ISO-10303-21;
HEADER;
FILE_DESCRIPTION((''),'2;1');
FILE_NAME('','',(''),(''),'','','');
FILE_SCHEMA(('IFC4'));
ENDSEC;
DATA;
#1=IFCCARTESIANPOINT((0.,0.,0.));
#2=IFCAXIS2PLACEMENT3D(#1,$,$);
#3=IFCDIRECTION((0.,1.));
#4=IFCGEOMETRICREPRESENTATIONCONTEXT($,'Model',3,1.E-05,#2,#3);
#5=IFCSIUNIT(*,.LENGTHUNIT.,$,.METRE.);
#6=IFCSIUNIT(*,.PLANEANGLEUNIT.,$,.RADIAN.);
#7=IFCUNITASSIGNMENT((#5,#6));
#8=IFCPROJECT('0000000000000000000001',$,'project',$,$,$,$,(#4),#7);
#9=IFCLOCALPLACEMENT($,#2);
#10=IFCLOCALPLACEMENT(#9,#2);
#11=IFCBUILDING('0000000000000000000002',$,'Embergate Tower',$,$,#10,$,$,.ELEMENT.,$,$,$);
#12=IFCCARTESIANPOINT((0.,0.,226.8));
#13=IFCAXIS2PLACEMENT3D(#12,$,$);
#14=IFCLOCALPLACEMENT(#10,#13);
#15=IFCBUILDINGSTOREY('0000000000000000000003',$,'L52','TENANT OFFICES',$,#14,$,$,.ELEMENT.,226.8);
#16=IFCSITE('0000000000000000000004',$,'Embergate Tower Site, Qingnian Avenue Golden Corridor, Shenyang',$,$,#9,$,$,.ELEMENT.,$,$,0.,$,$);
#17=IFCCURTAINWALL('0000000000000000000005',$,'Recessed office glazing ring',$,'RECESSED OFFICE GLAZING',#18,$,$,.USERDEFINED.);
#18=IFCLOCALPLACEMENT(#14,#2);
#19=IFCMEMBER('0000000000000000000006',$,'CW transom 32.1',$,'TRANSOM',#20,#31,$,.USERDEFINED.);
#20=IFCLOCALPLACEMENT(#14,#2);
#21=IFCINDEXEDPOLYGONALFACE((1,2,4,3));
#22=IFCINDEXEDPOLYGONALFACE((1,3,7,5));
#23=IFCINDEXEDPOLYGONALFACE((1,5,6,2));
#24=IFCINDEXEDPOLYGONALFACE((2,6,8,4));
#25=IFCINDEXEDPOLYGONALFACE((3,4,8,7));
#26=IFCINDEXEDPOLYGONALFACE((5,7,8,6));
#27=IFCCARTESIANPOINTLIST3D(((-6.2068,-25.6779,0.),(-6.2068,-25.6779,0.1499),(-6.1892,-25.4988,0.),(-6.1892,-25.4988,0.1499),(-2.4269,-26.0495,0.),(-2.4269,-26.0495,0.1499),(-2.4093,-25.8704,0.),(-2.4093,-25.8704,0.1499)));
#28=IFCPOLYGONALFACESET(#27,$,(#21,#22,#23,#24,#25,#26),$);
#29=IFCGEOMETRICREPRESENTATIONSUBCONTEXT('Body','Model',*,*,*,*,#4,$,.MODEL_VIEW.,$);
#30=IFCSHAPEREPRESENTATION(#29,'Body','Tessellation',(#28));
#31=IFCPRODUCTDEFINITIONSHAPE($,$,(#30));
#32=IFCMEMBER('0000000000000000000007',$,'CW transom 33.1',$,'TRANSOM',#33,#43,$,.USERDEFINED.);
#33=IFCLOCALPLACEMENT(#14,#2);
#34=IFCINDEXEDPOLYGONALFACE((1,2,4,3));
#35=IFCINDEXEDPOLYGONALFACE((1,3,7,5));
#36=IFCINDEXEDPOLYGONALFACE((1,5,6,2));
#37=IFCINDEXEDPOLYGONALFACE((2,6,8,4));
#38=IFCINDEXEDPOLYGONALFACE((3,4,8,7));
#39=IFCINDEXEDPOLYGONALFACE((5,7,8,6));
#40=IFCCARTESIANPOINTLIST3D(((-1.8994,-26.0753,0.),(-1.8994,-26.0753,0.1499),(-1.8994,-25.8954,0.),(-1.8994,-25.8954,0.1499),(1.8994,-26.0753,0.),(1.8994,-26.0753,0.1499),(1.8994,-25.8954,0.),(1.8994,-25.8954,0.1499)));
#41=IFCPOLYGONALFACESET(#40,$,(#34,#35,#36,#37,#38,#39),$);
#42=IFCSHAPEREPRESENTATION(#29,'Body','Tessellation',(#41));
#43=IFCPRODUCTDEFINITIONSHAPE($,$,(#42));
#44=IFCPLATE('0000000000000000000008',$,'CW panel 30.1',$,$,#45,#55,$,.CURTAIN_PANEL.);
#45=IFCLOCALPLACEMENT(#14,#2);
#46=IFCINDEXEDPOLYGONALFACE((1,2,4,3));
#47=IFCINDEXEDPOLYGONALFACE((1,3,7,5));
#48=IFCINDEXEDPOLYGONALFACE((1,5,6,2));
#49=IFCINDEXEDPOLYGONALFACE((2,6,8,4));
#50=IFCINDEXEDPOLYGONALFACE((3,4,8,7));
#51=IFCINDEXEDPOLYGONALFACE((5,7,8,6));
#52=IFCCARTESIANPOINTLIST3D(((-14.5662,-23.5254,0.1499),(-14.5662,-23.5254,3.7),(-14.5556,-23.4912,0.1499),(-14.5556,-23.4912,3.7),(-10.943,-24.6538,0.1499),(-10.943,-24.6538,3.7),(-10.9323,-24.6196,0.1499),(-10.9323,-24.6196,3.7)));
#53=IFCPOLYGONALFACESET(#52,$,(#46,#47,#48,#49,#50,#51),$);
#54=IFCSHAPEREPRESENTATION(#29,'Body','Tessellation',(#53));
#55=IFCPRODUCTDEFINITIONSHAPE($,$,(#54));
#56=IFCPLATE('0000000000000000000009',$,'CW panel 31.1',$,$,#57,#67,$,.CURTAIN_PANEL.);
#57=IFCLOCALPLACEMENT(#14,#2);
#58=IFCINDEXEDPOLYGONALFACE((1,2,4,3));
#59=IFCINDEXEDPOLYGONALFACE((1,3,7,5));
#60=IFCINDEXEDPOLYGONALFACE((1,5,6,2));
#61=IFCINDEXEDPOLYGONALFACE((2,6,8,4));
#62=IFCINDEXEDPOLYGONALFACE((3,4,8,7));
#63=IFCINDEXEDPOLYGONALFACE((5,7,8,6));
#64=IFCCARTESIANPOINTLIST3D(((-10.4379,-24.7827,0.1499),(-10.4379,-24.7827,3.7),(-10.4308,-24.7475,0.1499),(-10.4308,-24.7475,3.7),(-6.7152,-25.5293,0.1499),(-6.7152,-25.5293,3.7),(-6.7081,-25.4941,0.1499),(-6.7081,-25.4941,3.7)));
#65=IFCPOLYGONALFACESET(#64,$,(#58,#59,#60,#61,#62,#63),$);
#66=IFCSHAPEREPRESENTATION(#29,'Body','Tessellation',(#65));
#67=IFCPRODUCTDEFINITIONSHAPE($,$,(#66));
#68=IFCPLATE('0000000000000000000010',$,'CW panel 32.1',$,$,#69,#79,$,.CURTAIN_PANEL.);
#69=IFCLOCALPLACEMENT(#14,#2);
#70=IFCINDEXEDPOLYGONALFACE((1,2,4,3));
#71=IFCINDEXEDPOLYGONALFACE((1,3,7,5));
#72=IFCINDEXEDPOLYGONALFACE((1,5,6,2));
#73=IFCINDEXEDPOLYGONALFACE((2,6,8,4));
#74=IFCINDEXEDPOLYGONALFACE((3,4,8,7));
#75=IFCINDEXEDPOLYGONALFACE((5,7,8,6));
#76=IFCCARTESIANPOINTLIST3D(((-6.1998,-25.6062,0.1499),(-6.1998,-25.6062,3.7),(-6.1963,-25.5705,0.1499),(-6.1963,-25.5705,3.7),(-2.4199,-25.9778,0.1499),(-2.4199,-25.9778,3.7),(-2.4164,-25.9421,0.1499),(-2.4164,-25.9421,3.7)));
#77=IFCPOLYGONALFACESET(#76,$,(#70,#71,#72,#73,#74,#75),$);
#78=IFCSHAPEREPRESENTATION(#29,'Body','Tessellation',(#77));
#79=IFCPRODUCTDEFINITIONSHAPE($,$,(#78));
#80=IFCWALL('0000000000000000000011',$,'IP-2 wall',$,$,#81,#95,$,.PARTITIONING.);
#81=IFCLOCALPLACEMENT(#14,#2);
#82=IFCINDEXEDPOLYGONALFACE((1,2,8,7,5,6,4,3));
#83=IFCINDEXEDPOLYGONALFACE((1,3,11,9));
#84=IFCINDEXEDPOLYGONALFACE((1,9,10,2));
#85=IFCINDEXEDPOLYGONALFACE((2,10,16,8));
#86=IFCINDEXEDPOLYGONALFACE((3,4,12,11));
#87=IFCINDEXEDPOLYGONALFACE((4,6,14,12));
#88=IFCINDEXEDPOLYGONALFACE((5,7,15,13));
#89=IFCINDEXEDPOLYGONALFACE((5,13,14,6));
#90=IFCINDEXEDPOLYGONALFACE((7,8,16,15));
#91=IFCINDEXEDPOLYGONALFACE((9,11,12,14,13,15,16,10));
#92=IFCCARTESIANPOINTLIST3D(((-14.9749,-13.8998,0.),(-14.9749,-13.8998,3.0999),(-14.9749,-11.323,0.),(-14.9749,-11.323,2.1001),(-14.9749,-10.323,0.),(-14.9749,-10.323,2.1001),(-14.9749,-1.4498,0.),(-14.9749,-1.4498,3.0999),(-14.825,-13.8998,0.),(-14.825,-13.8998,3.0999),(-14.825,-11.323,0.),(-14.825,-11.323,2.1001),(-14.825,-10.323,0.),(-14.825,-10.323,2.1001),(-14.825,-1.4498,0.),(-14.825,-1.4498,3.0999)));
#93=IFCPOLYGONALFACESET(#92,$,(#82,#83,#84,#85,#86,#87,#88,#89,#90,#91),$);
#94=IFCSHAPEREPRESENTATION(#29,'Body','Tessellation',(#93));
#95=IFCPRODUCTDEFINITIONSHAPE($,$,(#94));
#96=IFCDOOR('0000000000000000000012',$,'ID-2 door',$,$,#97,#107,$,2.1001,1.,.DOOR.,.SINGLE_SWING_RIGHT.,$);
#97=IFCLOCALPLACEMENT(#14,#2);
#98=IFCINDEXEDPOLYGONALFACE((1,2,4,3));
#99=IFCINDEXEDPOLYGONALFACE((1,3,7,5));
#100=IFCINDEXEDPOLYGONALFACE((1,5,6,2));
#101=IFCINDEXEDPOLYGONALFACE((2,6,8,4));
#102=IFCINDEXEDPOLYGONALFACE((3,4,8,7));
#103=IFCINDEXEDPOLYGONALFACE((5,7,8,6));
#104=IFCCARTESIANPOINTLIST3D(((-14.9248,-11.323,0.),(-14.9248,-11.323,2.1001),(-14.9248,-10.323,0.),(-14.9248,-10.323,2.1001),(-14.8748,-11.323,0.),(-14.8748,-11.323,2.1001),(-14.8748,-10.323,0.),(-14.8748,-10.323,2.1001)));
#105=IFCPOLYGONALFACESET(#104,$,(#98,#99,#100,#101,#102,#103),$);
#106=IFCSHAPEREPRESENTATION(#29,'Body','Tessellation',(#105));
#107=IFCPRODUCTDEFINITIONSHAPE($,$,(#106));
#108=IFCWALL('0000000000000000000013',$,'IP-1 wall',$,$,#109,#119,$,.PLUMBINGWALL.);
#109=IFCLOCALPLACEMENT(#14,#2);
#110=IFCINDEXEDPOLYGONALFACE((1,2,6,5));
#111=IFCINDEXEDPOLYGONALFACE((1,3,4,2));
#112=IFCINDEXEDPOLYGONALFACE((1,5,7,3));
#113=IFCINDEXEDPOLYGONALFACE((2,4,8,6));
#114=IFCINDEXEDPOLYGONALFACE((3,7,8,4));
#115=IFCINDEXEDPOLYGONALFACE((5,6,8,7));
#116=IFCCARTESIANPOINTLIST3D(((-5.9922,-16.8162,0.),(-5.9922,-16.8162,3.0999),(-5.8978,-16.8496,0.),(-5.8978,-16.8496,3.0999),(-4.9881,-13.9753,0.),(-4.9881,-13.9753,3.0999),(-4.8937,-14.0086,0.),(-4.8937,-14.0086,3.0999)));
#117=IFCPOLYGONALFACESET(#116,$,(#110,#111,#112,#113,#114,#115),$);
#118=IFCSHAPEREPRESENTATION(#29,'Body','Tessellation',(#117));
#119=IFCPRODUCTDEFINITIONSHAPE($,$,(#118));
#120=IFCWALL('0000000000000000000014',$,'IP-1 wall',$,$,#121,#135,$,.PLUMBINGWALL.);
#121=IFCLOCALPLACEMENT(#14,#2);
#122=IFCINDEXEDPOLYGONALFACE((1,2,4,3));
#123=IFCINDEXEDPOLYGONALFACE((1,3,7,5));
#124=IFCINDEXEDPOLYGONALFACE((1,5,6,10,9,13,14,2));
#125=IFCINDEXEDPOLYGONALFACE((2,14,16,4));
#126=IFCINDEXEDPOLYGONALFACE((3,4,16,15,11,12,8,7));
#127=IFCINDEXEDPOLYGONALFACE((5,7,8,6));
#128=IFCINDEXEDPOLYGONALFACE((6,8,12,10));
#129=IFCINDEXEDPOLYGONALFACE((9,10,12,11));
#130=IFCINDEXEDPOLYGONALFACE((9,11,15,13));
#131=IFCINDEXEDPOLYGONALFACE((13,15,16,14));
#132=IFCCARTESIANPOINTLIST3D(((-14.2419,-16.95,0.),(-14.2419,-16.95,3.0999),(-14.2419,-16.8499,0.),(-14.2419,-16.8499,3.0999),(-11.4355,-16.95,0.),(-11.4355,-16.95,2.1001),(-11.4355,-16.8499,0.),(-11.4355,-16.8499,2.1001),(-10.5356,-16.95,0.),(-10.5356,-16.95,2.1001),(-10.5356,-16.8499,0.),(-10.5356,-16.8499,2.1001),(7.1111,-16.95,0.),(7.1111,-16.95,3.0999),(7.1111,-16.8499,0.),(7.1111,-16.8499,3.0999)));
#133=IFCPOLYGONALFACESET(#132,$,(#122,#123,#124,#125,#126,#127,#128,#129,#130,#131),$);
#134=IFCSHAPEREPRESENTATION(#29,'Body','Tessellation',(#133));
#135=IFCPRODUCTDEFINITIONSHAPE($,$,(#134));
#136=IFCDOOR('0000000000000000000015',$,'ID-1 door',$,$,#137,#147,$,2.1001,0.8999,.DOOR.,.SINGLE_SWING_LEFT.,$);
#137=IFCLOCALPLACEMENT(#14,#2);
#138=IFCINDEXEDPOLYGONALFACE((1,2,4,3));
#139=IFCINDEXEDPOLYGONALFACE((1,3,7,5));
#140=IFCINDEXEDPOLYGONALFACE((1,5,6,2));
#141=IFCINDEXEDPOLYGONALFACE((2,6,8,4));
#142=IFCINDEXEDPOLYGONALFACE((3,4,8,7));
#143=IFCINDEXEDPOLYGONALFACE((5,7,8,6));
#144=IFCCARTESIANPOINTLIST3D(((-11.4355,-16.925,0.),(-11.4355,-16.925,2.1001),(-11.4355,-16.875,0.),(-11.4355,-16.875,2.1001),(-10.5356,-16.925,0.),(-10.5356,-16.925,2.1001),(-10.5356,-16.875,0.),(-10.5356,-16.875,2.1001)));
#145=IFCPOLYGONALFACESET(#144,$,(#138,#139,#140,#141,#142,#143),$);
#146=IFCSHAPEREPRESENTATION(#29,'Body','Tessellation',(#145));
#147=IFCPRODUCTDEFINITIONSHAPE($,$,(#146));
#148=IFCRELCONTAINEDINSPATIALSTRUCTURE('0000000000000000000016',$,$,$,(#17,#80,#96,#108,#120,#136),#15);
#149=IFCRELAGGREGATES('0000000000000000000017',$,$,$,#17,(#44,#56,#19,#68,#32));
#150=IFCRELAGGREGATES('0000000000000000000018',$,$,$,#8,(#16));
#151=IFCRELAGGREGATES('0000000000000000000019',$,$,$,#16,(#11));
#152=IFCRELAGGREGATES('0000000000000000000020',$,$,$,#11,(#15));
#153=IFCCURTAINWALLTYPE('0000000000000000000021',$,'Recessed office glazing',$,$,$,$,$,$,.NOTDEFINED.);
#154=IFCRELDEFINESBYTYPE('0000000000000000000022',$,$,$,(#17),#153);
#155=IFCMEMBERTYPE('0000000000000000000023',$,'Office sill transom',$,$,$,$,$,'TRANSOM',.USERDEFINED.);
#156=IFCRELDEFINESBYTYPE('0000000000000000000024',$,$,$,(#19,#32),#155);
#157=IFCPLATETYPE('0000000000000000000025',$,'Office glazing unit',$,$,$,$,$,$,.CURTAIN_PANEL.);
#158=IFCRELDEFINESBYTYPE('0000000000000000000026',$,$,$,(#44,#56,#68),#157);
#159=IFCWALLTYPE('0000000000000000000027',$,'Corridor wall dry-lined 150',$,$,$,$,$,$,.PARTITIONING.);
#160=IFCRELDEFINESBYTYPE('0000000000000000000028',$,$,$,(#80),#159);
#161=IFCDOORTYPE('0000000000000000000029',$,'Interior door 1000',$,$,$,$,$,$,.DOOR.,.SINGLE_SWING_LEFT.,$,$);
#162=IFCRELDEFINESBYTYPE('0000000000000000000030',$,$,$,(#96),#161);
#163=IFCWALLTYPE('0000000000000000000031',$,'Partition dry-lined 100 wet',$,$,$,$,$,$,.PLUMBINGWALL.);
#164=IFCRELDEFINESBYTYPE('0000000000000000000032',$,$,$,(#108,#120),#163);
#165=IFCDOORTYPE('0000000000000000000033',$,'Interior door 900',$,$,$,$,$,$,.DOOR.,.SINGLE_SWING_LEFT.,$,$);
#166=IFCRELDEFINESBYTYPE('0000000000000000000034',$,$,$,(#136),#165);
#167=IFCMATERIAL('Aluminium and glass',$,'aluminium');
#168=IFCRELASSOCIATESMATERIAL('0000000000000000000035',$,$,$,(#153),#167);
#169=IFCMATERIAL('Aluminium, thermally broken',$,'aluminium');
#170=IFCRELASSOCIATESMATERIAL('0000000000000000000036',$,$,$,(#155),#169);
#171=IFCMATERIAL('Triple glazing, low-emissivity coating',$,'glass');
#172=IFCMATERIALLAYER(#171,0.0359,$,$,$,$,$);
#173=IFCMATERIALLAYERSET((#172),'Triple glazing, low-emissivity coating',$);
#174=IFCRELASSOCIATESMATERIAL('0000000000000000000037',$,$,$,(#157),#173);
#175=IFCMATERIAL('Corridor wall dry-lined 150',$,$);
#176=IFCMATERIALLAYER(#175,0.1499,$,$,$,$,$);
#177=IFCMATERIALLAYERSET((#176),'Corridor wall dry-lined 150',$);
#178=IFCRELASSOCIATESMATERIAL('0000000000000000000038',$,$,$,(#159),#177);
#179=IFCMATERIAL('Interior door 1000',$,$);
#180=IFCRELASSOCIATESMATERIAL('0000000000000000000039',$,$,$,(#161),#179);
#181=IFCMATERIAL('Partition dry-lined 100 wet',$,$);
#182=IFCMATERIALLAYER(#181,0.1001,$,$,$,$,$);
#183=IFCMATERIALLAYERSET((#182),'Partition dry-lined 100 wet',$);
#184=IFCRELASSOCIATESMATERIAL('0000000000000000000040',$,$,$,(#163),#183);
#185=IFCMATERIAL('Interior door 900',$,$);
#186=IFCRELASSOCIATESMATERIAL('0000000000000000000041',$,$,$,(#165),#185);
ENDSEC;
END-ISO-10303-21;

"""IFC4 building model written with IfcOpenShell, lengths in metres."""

from ifc_helpers import new_model, si_unit, direction, frame, frame_2d, origin, origin_2d, place, context, subcontext, project, spatial, rectangle, extrude, source, transform, mapped, material, layer, layer_set, material_profile, profile_set, type_object, element, fill, aggregate, save


model = new_model("IFC4")

# Units and contexts
model_context = context("Model", 3, precision=1e-05, world=origin(), true_north=direction((0.0, 1.0)))
body_context = subcontext(model_context, "Body", "Model", "MODEL_VIEW")
ifc_project = project(units=[si_unit("LENGTHUNIT", "METRE"), si_unit("PLANEANGLEUNIT", "RADIAN")], contexts=[model_context])

# Site, building, storey
site_placement = place(None, origin())
site = spatial("IfcSite", under=ifc_project, at=site_placement, Name="Embergate Tower Site, Qingnian Avenue Golden Corridor, Shenyang", CompositionType="ELEMENT", RefElevation=0.0)
building_placement = place(site_placement, origin())
building = spatial("IfcBuilding", under=site, at=building_placement, Name="Embergate Tower", CompositionType="ELEMENT")
storey_placement = place(building_placement, frame((0.0, 0.0, 226.8)))
storey = spatial("IfcBuildingStorey", under=building, at=storey_placement, Name="L52", Description="TENANT OFFICES", CompositionType="ELEMENT", Elevation=226.8)

# Curtain wall, members
ifc_material_1 = material(Name="Aluminium and glass", Category="aluminium")
curtain_wall_type = type_object("IfcCurtainWallType", Name="Recessed office glazing", PredefinedType="NOTDEFINED", material=ifc_material_1)
curtain_wall_placement = place(storey_placement, origin())
curtain_wall = element("IfcCurtainWall", 1, at=curtain_wall_placement, inside=storey, type_object=curtain_wall_type, Name="Recessed office glazing ring", ObjectType="RECESSED OFFICE GLAZING", PredefinedType="USERDEFINED")
ifc_material_2 = material(Name="Aluminium, thermally broken", Category="aluminium")
ifc_material_profile_1 = material_profile(ifc_material_2, rectangle(XDim=0.1799, YDim=0.1499, at=origin_2d()), Name="AL 150x180")
ifc_profile_set_1 = profile_set([ifc_material_profile_1], Name="Aluminium, thermally broken")
member_type_1 = type_object("IfcMemberType", Name="Office sill transom", ElementType="TRANSOM", PredefinedType="USERDEFINED", material=ifc_profile_set_1)
shared_shape_1 = source(origin(), body_context, "Body", "SweptSolid", [
    extrude(rectangle(XDim=0.1799, YDim=0.1499, at=origin_2d()), origin(), (0.0, 0.0, 1.0), 3.7981),
])
member_1_placement = place(storey_placement, frame((-6.198, -25.5884, 0.075), z_axis=(0.995203, -0.097836, 0.0), x_axis=(0.097836, 0.995203, 0.0)))
member_1 = element("IfcMember", 2, at=member_1_placement, type_object=member_type_1, Name="CW transom 32.1", ObjectType="TRANSOM", PredefinedType="USERDEFINED", context=body_context, shape_type="MappedRepresentation", body=[
    mapped(shared_shape_1, transform((0.0, 0.0, 0.0))),
])
shared_shape_2 = source(origin(), body_context, "Body", "SweptSolid", [
    extrude(rectangle(XDim=0.1799, YDim=0.1499, at=origin_2d()), origin(), (0.0, 0.0, 1.0), 3.7988),
])
member_2_placement = place(storey_placement, frame((-1.8994, -25.9854, 0.075), z_axis=(1.0, 0.0, 0.0), x_axis=(0.0, 1.0, 0.0)))
member_2 = element("IfcMember", 3, at=member_2_placement, type_object=member_type_1, Name="CW transom 33.1", ObjectType="TRANSOM", PredefinedType="USERDEFINED", context=body_context, shape_type="MappedRepresentation", body=[
    mapped(shared_shape_2, transform((0.0, 0.0, 0.0))),
])

# Plates
ifc_material_3 = material(Name="Triple glazing, low-emissivity coating", Category="glass")
ifc_layer_1 = layer(ifc_material_3, 0.0359)
ifc_layer_set_1 = layer_set([ifc_layer_1], Name="Triple glazing, low-emissivity coating")
plate_type = type_object("IfcPlateType", Name="Office glazing unit", PredefinedType="CURTAIN_PANEL", material=ifc_layer_set_1)
shared_shape_3 = source(origin(), body_context, "Body", "SweptSolid", [
    extrude(rectangle(XDim=3.7949, YDim=0.0359, at=origin_2d()), origin(), (0.0, 0.0, 1.0), 3.55),
])
plate_1_placement = place(storey_placement, frame((-12.7493, -24.0725, 0.1499), z_axis=(0.0, 0.0, 1.0), x_axis=(0.954771, -0.297343, 0.0)))
plate_1 = element("IfcPlate", 4, at=plate_1_placement, type_object=plate_type, Name="CW panel 30.1", PredefinedType="CURTAIN_PANEL", context=body_context, shape_type="MappedRepresentation", body=[
    mapped(shared_shape_3, transform((0.0, 0.0, 0.0))),
])
shared_shape_4 = source(origin(), body_context, "Body", "SweptSolid", [
    extrude(rectangle(XDim=3.7969, YDim=0.0359, at=origin_2d()), origin(), (0.0, 0.0, 1.0), 3.55),
])
plate_2_placement = place(storey_placement, frame((-8.573, -25.1384, 0.1499), z_axis=(0.0, 0.0, 1.0), x_axis=(0.980475, -0.196643, 0.0)))
plate_2 = element("IfcPlate", 5, at=plate_2_placement, type_object=plate_type, Name="CW panel 31.1", PredefinedType="CURTAIN_PANEL", context=body_context, shape_type="MappedRepresentation", body=[
    mapped(shared_shape_4, transform((0.0, 0.0, 0.0))),
])
shared_shape_5 = source(origin(), body_context, "Body", "SweptSolid", [
    extrude(rectangle(XDim=3.7981, YDim=0.0359, at=origin_2d()), origin(), (0.0, 0.0, 1.0), 3.55),
])
plate_3_placement = place(storey_placement, frame((-4.3081, -25.7742, 0.1499), z_axis=(0.0, 0.0, 1.0), x_axis=(0.995203, -0.097831, 0.0)))
plate_3 = element("IfcPlate", 6, at=plate_3_placement, type_object=plate_type, Name="CW panel 32.1", PredefinedType="CURTAIN_PANEL", context=body_context, shape_type="MappedRepresentation", body=[
    mapped(shared_shape_5, transform((0.0, 0.0, 0.0))),
])
aggregate(curtain_wall, [plate_1, plate_2, member_1, plate_3, member_2])

# Wall, opening, door
ifc_material_4 = material(Name="Corridor wall dry-lined 150")
ifc_layer_2 = layer(ifc_material_4, 0.1499)
ifc_layer_set_2 = layer_set([ifc_layer_2], Name="Corridor wall dry-lined 150")
wall_type_1 = type_object("IfcWallType", Name="Corridor wall dry-lined 150", PredefinedType="PARTITIONING", material=ifc_layer_set_2)
shared_shape_6 = source(origin(), body_context, "Body", "SweptSolid", [
    extrude(rectangle(XDim=12.45, YDim=0.1499, at=frame_2d((6.2251, 0.0))), origin(), (0.0, 0.0, 1.0), 3.0999),
])
wall_1_placement = place(storey_placement, frame((-14.8999, -13.8999, 0.0), z_axis=(0.0, 0.0, 1.0), x_axis=(0.0, 1.0, 0.0)))
wall_1 = element("IfcWall", 7, at=wall_1_placement, inside=storey, type_object=wall_type_1, Name="IP-2 wall", PredefinedType="PARTITIONING", context=body_context, shape_type="MappedRepresentation", body=[
    mapped(shared_shape_6, transform((0.0, 0.0, 0.0))),
])
shared_shape_7 = source(origin(), body_context, "Body", "SweptSolid", [
    extrude(rectangle(XDim=1.0, YDim=2.1001, at=frame_2d((0.5, 1.05))), frame((0.0, 0.085, 0.0), z_axis=(0.0, -1.0, 0.0), x_axis=(1.0, 0.0, 0.0)), (0.0, 0.0, 1.0), 0.1699),
])
opening_1_placement = place(wall_1_placement, frame((2.5769, 0.0, 0.0)))
opening_1 = element("IfcOpeningElement", 8, at=opening_1_placement, cuts=wall_1, PredefinedType="OPENING", context=body_context, shape_type="MappedRepresentation", body=[
    mapped(shared_shape_7, transform((0.0, 0.0, 0.0))),
])
ifc_material_5 = material(Name="Interior door 1000")
door_type_1 = type_object("IfcDoorType", Name="Interior door 1000", OperationType="SINGLE_SWING_LEFT", PredefinedType="DOOR", material=ifc_material_5)
shared_shape_8 = source(origin(), body_context, "Body", "SweptSolid", [
    extrude(rectangle(XDim=1.0, YDim=2.1001, at=frame_2d((0.5, 1.05))), frame((0.0, 0.0249, 0.0), z_axis=(0.0, -1.0, 0.0), x_axis=(1.0, 0.0, 0.0)), (0.0, 0.0, 1.0), 0.05),
])
door_1_placement = place(opening_1_placement, origin())
door_1 = element("IfcDoor", 9, at=door_1_placement, inside=storey, type_object=door_type_1, Name="ID-2 door", OperationType="SINGLE_SWING_RIGHT", OverallHeight=2.1001, OverallWidth=1.0, PredefinedType="DOOR", context=body_context, shape_type="MappedRepresentation", body=[
    mapped(shared_shape_8, transform((0.0, 0.0, 0.0))),
])
fill(opening_1, door_1)

# Wall
ifc_material_6 = material(Name="Partition dry-lined 100 wet")
ifc_layer_3 = layer(ifc_material_6, 0.1001)
ifc_layer_set_3 = layer_set([ifc_layer_3], Name="Partition dry-lined 100 wet")
wall_type_2 = type_object("IfcWallType", Name="Partition dry-lined 100 wet", PredefinedType="PLUMBINGWALL", material=ifc_layer_set_3)
shared_shape_9 = source(origin(), body_context, "Body", "SweptSolid", [
    extrude(rectangle(XDim=3.0132, YDim=0.1001, at=frame_2d((1.5066, 0.0))), origin(), (0.0, 0.0, 1.0), 3.0999),
])
wall_2_placement = place(storey_placement, frame((-4.9409, -13.9919, 0.0), z_axis=(0.0, 0.0, 1.0), x_axis=(-0.33324, -0.942842, 0.0)))
element("IfcWall", 10, at=wall_2_placement, inside=storey, type_object=wall_type_2, Name="IP-1 wall", PredefinedType="PLUMBINGWALL", context=body_context, shape_type="MappedRepresentation", body=[
    mapped(shared_shape_9, transform((0.0, 0.0, 0.0))),
])

# Wall, opening, door
shared_shape_10 = source(origin(), body_context, "Body", "SweptSolid", [
    extrude(rectangle(XDim=21.353, YDim=0.1001, at=frame_2d((10.6765, 0.0))), origin(), (0.0, 0.0, 1.0), 3.0999),
])
wall_3_placement = place(storey_placement, frame((-14.2419, -16.8999, 0.0), z_axis=(0.0, 0.0, 1.0), x_axis=(1.0, 0.0, 0.0)))
wall_3 = element("IfcWall", 11, at=wall_3_placement, inside=storey, type_object=wall_type_2, Name="IP-1 wall", PredefinedType="PLUMBINGWALL", context=body_context, shape_type="MappedRepresentation", body=[
    mapped(shared_shape_10, transform((0.0, 0.0, 0.0))),
])
shared_shape_11 = source(origin(), body_context, "Body", "SweptSolid", [
    extrude(rectangle(XDim=0.8999, YDim=2.1001, at=frame_2d((0.45, 1.05))), frame((0.0, 0.0601, 0.0), z_axis=(0.0, -1.0, 0.0), x_axis=(1.0, 0.0, 0.0)), (0.0, 0.0, 1.0), 0.1201),
])
opening_2_placement = place(wall_3_placement, frame((2.8064, 0.0, 0.0)))
opening_2 = element("IfcOpeningElement", 12, at=opening_2_placement, cuts=wall_3, PredefinedType="OPENING", context=body_context, shape_type="MappedRepresentation", body=[
    mapped(shared_shape_11, transform((0.0, 0.0, 0.0))),
])
ifc_material_7 = material(Name="Interior door 900")
door_type_2 = type_object("IfcDoorType", Name="Interior door 900", OperationType="SINGLE_SWING_LEFT", PredefinedType="DOOR", material=ifc_material_7)
shared_shape_12 = source(origin(), body_context, "Body", "SweptSolid", [
    extrude(rectangle(XDim=0.8999, YDim=2.1001, at=frame_2d((0.45, 1.05))), frame((0.0, 0.0249, 0.0), z_axis=(0.0, -1.0, 0.0), x_axis=(1.0, 0.0, 0.0)), (0.0, 0.0, 1.0), 0.05),
])
door_2_placement = place(opening_2_placement, origin())
door_2 = element("IfcDoor", 13, at=door_2_placement, inside=storey, type_object=door_type_2, Name="ID-1 door", OperationType="SINGLE_SWING_LEFT", OverallHeight=2.1001, OverallWidth=0.8999, PredefinedType="DOOR", context=body_context, shape_type="MappedRepresentation", body=[
    mapped(shared_shape_12, transform((0.0, 0.0, 0.0))),
])
fill(opening_2, door_2)

save(model, "model.ifc")
